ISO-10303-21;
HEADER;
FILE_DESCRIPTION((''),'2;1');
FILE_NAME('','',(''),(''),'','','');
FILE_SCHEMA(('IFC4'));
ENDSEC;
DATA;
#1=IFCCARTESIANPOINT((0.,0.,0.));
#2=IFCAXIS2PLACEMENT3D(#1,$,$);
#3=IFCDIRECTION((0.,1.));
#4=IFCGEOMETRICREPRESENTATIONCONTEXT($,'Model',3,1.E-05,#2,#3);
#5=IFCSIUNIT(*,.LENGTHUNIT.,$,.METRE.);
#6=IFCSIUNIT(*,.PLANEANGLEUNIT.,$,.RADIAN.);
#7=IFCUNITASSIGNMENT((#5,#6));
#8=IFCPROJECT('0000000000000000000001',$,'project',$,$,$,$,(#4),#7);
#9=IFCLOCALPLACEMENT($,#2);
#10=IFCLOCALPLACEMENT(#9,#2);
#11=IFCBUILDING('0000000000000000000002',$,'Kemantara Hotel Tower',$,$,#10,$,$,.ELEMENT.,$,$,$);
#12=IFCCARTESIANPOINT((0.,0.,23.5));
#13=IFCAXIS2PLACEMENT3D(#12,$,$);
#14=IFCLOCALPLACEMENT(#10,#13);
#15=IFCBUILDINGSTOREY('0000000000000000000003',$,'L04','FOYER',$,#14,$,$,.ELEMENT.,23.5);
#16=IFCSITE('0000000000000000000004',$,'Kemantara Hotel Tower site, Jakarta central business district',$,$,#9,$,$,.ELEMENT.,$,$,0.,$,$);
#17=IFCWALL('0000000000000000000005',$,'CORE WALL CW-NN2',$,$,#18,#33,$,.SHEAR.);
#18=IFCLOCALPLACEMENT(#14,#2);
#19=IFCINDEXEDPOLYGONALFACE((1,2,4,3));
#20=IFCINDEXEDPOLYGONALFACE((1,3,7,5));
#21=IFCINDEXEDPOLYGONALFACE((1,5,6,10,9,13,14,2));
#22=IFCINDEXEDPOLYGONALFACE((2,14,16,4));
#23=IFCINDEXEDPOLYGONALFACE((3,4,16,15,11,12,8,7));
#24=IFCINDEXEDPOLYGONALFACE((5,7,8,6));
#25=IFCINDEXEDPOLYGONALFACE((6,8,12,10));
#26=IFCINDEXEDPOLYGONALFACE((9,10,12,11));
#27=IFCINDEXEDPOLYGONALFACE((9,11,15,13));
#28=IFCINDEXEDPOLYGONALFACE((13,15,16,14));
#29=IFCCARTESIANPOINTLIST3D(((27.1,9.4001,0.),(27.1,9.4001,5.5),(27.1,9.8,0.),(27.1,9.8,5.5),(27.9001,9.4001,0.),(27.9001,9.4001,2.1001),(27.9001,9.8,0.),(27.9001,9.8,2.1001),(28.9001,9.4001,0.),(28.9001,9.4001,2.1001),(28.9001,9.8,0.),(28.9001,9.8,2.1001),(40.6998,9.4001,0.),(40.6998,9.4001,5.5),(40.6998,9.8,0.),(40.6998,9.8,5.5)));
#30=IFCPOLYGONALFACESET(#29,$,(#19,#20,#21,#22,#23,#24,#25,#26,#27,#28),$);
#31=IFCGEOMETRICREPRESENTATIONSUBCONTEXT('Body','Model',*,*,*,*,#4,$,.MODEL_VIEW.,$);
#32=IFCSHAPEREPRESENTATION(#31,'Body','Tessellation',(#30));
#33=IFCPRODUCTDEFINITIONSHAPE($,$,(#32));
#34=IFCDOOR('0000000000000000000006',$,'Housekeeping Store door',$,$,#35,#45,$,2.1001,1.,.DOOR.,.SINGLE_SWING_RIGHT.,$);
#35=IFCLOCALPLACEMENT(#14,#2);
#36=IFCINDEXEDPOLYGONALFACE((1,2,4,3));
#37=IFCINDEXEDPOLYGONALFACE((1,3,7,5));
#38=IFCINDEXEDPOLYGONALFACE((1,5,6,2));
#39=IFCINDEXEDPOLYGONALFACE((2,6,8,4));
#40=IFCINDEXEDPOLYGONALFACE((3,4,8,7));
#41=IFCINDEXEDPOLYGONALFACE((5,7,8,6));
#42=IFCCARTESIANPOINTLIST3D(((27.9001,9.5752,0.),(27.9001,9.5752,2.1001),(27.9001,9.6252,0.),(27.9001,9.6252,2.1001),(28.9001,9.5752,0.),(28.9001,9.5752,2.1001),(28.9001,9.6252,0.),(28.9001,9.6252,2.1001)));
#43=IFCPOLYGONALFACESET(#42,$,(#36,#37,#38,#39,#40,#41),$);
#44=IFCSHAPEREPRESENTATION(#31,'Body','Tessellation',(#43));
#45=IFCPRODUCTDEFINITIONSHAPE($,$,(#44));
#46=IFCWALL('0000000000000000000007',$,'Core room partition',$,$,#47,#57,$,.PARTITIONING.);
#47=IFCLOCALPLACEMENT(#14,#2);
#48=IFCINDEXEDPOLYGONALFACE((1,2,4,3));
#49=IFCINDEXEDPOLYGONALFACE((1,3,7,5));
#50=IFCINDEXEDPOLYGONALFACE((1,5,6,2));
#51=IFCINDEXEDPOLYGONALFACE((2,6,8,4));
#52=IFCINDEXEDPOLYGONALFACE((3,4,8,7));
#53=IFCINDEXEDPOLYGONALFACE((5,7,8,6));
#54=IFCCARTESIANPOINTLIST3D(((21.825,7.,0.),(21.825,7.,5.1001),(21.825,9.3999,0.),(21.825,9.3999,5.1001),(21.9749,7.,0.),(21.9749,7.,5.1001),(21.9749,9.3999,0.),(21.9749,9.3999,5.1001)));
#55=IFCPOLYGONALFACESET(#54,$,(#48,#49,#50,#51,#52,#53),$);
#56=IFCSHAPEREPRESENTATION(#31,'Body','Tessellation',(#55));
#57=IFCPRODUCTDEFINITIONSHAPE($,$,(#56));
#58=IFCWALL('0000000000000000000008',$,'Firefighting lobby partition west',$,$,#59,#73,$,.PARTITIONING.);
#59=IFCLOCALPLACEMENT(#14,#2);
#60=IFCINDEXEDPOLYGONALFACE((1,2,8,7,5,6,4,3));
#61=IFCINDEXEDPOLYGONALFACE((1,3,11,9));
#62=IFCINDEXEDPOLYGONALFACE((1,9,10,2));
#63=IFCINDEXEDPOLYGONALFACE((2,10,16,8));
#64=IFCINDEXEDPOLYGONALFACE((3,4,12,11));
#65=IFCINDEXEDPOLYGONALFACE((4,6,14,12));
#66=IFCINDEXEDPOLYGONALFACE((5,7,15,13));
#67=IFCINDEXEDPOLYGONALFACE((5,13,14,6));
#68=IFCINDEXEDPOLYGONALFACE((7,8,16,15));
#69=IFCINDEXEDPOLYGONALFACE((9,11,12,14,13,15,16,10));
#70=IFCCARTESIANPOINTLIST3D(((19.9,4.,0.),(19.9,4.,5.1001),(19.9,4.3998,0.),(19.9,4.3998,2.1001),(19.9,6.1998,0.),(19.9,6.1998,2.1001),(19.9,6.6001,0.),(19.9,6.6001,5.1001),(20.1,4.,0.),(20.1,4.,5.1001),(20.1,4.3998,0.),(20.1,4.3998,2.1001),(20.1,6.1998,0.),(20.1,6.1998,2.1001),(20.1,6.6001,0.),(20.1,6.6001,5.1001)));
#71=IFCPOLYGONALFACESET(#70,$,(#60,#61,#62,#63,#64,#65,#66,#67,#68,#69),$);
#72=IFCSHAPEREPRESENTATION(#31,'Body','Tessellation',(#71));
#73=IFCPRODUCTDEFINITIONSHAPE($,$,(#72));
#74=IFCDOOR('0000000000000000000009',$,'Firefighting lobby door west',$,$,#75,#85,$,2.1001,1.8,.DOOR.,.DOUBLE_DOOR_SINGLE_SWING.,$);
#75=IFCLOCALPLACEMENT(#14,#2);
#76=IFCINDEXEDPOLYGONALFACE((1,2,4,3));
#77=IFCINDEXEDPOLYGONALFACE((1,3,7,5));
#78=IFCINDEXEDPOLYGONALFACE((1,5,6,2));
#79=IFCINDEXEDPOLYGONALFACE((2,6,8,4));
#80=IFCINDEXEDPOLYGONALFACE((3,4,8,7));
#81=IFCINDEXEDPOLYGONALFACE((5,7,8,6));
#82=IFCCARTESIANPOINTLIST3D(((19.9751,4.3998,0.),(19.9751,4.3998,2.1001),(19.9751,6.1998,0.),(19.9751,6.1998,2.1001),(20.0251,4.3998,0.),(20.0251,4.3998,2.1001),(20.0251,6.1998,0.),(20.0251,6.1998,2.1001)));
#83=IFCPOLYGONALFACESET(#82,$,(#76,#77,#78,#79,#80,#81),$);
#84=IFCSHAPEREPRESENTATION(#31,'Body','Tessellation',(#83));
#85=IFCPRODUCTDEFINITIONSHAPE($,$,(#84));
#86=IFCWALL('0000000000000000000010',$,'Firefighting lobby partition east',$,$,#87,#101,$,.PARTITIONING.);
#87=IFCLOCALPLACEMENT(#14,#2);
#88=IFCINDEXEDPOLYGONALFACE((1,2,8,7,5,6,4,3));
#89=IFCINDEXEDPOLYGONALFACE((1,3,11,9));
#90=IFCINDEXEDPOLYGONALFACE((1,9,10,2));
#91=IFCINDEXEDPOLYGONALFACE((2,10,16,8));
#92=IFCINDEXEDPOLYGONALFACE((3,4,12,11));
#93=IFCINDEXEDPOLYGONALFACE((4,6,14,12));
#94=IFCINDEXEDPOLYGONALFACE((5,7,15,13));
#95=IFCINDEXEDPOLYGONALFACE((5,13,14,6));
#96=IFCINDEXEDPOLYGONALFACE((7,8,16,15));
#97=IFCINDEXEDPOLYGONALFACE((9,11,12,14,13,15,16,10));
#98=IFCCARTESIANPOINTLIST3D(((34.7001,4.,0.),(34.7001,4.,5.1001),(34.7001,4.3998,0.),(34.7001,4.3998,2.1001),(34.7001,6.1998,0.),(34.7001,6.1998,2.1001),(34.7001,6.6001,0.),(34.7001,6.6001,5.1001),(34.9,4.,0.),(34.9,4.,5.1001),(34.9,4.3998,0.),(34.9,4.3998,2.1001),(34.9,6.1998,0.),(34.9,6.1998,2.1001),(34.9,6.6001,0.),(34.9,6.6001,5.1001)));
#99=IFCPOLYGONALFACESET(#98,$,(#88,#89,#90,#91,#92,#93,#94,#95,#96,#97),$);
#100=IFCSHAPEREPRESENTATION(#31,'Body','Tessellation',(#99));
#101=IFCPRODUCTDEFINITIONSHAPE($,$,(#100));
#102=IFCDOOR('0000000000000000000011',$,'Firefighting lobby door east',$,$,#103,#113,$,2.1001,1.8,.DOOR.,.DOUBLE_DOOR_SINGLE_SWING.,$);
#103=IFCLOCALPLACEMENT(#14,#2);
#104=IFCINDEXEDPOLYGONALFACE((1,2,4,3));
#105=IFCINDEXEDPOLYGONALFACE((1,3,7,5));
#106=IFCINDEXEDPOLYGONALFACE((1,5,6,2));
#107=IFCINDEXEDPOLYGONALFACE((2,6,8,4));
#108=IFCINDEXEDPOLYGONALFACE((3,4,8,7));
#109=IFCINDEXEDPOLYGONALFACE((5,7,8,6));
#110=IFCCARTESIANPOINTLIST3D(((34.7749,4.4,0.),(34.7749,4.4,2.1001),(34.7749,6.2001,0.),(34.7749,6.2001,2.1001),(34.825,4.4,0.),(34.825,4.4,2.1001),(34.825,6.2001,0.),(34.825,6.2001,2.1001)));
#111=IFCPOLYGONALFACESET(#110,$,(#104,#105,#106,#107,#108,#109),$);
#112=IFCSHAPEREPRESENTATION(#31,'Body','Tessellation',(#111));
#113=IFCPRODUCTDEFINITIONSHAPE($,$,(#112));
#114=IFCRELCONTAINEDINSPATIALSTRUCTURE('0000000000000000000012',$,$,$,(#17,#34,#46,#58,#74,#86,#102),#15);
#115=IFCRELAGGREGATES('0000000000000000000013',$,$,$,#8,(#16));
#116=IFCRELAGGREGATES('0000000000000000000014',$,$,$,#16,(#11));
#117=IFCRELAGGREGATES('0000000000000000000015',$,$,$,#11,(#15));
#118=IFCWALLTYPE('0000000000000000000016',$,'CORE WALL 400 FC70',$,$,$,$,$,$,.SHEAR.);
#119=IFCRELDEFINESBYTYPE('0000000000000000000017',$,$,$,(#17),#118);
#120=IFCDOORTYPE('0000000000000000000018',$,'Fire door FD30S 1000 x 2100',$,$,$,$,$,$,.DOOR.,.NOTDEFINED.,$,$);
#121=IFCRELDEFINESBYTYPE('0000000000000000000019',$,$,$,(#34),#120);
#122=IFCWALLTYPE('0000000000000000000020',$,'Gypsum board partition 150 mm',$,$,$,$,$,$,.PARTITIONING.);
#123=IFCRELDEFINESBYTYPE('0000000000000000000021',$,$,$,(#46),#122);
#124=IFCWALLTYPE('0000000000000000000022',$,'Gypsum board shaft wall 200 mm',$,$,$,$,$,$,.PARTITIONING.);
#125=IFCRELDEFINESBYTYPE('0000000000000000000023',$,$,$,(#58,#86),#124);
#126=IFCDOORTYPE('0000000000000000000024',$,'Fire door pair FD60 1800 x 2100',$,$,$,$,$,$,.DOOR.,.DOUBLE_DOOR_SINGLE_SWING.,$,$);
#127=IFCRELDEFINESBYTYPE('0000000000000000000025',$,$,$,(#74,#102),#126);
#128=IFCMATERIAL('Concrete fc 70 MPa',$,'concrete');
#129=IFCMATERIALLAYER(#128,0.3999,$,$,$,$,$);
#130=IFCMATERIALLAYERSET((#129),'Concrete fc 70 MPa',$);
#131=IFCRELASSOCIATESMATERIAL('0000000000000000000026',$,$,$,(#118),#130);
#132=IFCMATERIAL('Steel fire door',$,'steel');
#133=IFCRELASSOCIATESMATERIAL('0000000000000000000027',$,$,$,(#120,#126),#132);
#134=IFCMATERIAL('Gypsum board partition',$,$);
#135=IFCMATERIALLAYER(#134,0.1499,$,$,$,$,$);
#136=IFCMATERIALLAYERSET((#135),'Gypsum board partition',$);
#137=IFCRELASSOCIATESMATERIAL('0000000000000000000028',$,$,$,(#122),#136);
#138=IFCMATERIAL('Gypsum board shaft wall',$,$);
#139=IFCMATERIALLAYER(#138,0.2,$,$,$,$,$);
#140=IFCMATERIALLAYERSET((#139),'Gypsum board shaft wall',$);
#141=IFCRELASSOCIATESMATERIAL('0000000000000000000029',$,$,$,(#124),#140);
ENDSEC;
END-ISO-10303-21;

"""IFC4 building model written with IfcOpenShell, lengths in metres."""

from ifc_helpers import new_model, si_unit, direction, frame, frame_2d, origin, place, context, subcontext, project, spatial, rectangle, extrude, material, layer, layer_set, type_object, element, fill, save


model = new_model("IFC4")

# Units and contexts
model_context = context("Model", 3, precision=1e-05, world=origin(), true_north=direction((0.0, 1.0)))
body_context = subcontext(model_context, "Body", "Model", "MODEL_VIEW")
ifc_project = project(units=[si_unit("LENGTHUNIT", "METRE"), si_unit("PLANEANGLEUNIT", "RADIAN")], contexts=[model_context])

# Site, building, storey
site_placement = place(None, origin())
site = spatial("IfcSite", under=ifc_project, at=site_placement, Name="Kemantara Hotel Tower site, Jakarta central business district", CompositionType="ELEMENT", RefElevation=0.0)
building_placement = place(site_placement, origin())
building = spatial("IfcBuilding", under=site, at=building_placement, Name="Kemantara Hotel Tower", CompositionType="ELEMENT")
storey_placement = place(building_placement, frame((0.0, 0.0, 23.5)))
storey = spatial("IfcBuildingStorey", under=building, at=storey_placement, Name="L04", Description="FOYER", CompositionType="ELEMENT", Elevation=23.5)

# Shared definitions
ifc_material_1 = material(Name="Concrete fc 70 MPa", Category="concrete")

# Shared definitions
ifc_layer_1 = layer(ifc_material_1, 0.3999)
ifc_layer_set_1 = layer_set([ifc_layer_1], Name="Concrete fc 70 MPa")
wall_type_1 = type_object("IfcWallType", Name="CORE WALL 400 FC70", PredefinedType="SHEAR", material=ifc_layer_set_1)
ifc_material_2 = material(Name="Steel fire door", Category="steel")
door_type_1 = type_object("IfcDoorType", Name="Fire door FD30S 1000 x 2100", OperationType="NOTDEFINED", PredefinedType="DOOR", material=ifc_material_2)

# Wall, opening, door
wall_1_placement = place(storey_placement, frame((27.1001, 9.6001, 0.0), z_axis=(0.0, 0.0, 1.0), x_axis=(1.0, 0.0, 0.0)))
wall_1 = element("IfcWall", 1, at=wall_1_placement, inside=storey, type_object=wall_type_1, Name="CORE WALL CW-NN2", PredefinedType="SHEAR", context=body_context, shape_type="SweptSolid", body=[
    extrude(rectangle(XDim=13.5999, YDim=0.3999, at=frame_2d((6.7998, 0.0))), origin(), (0.0, 0.0, 1.0), 5.5),
])
opening_1_placement = place(wall_1_placement, frame((0.8, 0.0, 0.0)))
opening_1 = element("IfcOpeningElement", 2, at=opening_1_placement, cuts=wall_1, PredefinedType="OPENING", context=body_context, shape_type="SweptSolid", body=[
    extrude(rectangle(XDim=1.0, YDim=2.1001, at=frame_2d((0.5, 1.05))), frame((0.0, 0.21, 0.0), z_axis=(0.0, -1.0, 0.0), x_axis=(1.0, 0.0, 0.0)), (0.0, 0.0, 1.0), 0.4199),
])
door_1_placement = place(opening_1_placement, frame((1.0, 0.0, 0.0), z_axis=(0.0, 0.0, 1.0), x_axis=(-1.0, 0.0, 0.0)))
door_1 = element("IfcDoor", 3, at=door_1_placement, inside=storey, type_object=door_type_1, Name="Housekeeping Store door", OperationType="SINGLE_SWING_RIGHT", OverallHeight=2.1001, OverallWidth=1.0, PredefinedType="DOOR", context=body_context, shape_type="SweptSolid", body=[
    extrude(rectangle(XDim=1.0, YDim=2.1001, at=frame_2d((0.5, 1.05))), frame((0.0, 0.0249, 0.0), z_axis=(0.0, -1.0, 0.0), x_axis=(1.0, 0.0, 0.0)), (0.0, 0.0, 1.0), 0.05),
])
fill(opening_1, door_1)

# Wall
ifc_material_3 = material(Name="Gypsum board partition")
ifc_layer_2 = layer(ifc_material_3, 0.1499)
ifc_layer_set_2 = layer_set([ifc_layer_2], Name="Gypsum board partition")
wall_type_2 = type_object("IfcWallType", Name="Gypsum board partition 150 mm", PredefinedType="PARTITIONING", material=ifc_layer_set_2)
wall_2_placement = place(storey_placement, frame((21.8999, 7.0, 0.0), z_axis=(0.0, 0.0, 1.0), x_axis=(0.0, 1.0, 0.0)))
element("IfcWall", 4, at=wall_2_placement, inside=storey, type_object=wall_type_2, Name="Core room partition", PredefinedType="PARTITIONING", context=body_context, shape_type="SweptSolid", body=[
    extrude(rectangle(XDim=2.3999, YDim=0.1499, at=frame_2d((1.2, 0.0))), origin(), (0.0, 0.0, 1.0), 5.1001),
])

# Walls, openings, doors
ifc_material_4 = material(Name="Gypsum board shaft wall")
ifc_layer_3 = layer(ifc_material_4, 0.2)
ifc_layer_set_3 = layer_set([ifc_layer_3], Name="Gypsum board shaft wall")
wall_type_3 = type_object("IfcWallType", Name="Gypsum board shaft wall 200 mm", PredefinedType="PARTITIONING", material=ifc_layer_set_3)
wall_3_placement = place(storey_placement, frame((20.0, 4.0, 0.0), z_axis=(0.0, 0.0, 1.0), x_axis=(0.0, 1.0, 0.0)))
wall_3 = element("IfcWall", 5, at=wall_3_placement, inside=storey, type_object=wall_type_3, Name="Firefighting lobby partition west", PredefinedType="PARTITIONING", context=body_context, shape_type="SweptSolid", body=[
    extrude(rectangle(XDim=2.6001, YDim=0.2, at=frame_2d((1.3, 0.0))), origin(), (0.0, 0.0, 1.0), 5.1001),
])
opening_2_placement = place(wall_3_placement, frame((0.3999, 0.0, 0.0)))
opening_2 = element("IfcOpeningElement", 6, at=opening_2_placement, cuts=wall_3, PredefinedType="OPENING", context=body_context, shape_type="SweptSolid", body=[
    extrude(rectangle(XDim=1.8, YDim=2.1001, at=frame_2d((0.8999, 1.05))), frame((0.0, 0.1099, 0.0), z_axis=(0.0, -1.0, 0.0), x_axis=(1.0, 0.0, 0.0)), (0.0, 0.0, 1.0), 0.22),
])
door_type_2 = type_object("IfcDoorType", Name="Fire door pair FD60 1800 x 2100", OperationType="DOUBLE_DOOR_SINGLE_SWING", PredefinedType="DOOR", material=ifc_material_2)
door_2_placement = place(opening_2_placement, origin())
door_2 = element("IfcDoor", 7, at=door_2_placement, inside=storey, type_object=door_type_2, Name="Firefighting lobby door west", OperationType="DOUBLE_DOOR_SINGLE_SWING", OverallHeight=2.1001, OverallWidth=1.8, PredefinedType="DOOR", context=body_context, shape_type="SweptSolid", body=[
    extrude(rectangle(XDim=1.8, YDim=2.1001, at=frame_2d((0.8999, 1.05))), frame((0.0, 0.0249, 0.0), z_axis=(0.0, -1.0, 0.0), x_axis=(1.0, 0.0, 0.0)), (0.0, 0.0, 1.0), 0.05),
])
fill(opening_2, door_2)
wall_4_placement = place(storey_placement, frame((34.8, 4.0, 0.0), z_axis=(0.0, 0.0, 1.0), x_axis=(0.0, 1.0, 0.0)))
wall_4 = element("IfcWall", 8, at=wall_4_placement, inside=storey, type_object=wall_type_3, Name="Firefighting lobby partition east", PredefinedType="PARTITIONING", context=body_context, shape_type="SweptSolid", body=[
    extrude(rectangle(XDim=2.6001, YDim=0.2, at=frame_2d((1.3, 0.0))), origin(), (0.0, 0.0, 1.0), 5.1001),
])
opening_3_placement = place(wall_4_placement, frame((0.3999, 0.0, 0.0)))
opening_3 = element("IfcOpeningElement", 9, at=opening_3_placement, cuts=wall_4, PredefinedType="OPENING", context=body_context, shape_type="SweptSolid", body=[
    extrude(rectangle(XDim=1.8, YDim=2.1001, at=frame_2d((0.8999, 1.05))), frame((0.0, 0.1099, 0.0), z_axis=(0.0, -1.0, 0.0), x_axis=(1.0, 0.0, 0.0)), (0.0, 0.0, 1.0), 0.22),
])
door_3_placement = place(opening_3_placement, frame((1.8, 0.0, 0.0), z_axis=(0.0, 0.0, 1.0), x_axis=(-1.0, 0.0, 0.0)))
door_3 = element("IfcDoor", 10, at=door_3_placement, inside=storey, type_object=door_type_2, Name="Firefighting lobby door east", OperationType="DOUBLE_DOOR_SINGLE_SWING", OverallHeight=2.1001, OverallWidth=1.8, PredefinedType="DOOR", context=body_context, shape_type="SweptSolid", body=[
    extrude(rectangle(XDim=1.8, YDim=2.1001, at=frame_2d((0.8999, 1.05))), frame((0.0, 0.0249, 0.0), z_axis=(0.0, -1.0, 0.0), x_axis=(1.0, 0.0, 0.0)), (0.0, 0.0, 1.0), 0.05),
])
fill(opening_3, door_3)

save(model, "model.ifc")
